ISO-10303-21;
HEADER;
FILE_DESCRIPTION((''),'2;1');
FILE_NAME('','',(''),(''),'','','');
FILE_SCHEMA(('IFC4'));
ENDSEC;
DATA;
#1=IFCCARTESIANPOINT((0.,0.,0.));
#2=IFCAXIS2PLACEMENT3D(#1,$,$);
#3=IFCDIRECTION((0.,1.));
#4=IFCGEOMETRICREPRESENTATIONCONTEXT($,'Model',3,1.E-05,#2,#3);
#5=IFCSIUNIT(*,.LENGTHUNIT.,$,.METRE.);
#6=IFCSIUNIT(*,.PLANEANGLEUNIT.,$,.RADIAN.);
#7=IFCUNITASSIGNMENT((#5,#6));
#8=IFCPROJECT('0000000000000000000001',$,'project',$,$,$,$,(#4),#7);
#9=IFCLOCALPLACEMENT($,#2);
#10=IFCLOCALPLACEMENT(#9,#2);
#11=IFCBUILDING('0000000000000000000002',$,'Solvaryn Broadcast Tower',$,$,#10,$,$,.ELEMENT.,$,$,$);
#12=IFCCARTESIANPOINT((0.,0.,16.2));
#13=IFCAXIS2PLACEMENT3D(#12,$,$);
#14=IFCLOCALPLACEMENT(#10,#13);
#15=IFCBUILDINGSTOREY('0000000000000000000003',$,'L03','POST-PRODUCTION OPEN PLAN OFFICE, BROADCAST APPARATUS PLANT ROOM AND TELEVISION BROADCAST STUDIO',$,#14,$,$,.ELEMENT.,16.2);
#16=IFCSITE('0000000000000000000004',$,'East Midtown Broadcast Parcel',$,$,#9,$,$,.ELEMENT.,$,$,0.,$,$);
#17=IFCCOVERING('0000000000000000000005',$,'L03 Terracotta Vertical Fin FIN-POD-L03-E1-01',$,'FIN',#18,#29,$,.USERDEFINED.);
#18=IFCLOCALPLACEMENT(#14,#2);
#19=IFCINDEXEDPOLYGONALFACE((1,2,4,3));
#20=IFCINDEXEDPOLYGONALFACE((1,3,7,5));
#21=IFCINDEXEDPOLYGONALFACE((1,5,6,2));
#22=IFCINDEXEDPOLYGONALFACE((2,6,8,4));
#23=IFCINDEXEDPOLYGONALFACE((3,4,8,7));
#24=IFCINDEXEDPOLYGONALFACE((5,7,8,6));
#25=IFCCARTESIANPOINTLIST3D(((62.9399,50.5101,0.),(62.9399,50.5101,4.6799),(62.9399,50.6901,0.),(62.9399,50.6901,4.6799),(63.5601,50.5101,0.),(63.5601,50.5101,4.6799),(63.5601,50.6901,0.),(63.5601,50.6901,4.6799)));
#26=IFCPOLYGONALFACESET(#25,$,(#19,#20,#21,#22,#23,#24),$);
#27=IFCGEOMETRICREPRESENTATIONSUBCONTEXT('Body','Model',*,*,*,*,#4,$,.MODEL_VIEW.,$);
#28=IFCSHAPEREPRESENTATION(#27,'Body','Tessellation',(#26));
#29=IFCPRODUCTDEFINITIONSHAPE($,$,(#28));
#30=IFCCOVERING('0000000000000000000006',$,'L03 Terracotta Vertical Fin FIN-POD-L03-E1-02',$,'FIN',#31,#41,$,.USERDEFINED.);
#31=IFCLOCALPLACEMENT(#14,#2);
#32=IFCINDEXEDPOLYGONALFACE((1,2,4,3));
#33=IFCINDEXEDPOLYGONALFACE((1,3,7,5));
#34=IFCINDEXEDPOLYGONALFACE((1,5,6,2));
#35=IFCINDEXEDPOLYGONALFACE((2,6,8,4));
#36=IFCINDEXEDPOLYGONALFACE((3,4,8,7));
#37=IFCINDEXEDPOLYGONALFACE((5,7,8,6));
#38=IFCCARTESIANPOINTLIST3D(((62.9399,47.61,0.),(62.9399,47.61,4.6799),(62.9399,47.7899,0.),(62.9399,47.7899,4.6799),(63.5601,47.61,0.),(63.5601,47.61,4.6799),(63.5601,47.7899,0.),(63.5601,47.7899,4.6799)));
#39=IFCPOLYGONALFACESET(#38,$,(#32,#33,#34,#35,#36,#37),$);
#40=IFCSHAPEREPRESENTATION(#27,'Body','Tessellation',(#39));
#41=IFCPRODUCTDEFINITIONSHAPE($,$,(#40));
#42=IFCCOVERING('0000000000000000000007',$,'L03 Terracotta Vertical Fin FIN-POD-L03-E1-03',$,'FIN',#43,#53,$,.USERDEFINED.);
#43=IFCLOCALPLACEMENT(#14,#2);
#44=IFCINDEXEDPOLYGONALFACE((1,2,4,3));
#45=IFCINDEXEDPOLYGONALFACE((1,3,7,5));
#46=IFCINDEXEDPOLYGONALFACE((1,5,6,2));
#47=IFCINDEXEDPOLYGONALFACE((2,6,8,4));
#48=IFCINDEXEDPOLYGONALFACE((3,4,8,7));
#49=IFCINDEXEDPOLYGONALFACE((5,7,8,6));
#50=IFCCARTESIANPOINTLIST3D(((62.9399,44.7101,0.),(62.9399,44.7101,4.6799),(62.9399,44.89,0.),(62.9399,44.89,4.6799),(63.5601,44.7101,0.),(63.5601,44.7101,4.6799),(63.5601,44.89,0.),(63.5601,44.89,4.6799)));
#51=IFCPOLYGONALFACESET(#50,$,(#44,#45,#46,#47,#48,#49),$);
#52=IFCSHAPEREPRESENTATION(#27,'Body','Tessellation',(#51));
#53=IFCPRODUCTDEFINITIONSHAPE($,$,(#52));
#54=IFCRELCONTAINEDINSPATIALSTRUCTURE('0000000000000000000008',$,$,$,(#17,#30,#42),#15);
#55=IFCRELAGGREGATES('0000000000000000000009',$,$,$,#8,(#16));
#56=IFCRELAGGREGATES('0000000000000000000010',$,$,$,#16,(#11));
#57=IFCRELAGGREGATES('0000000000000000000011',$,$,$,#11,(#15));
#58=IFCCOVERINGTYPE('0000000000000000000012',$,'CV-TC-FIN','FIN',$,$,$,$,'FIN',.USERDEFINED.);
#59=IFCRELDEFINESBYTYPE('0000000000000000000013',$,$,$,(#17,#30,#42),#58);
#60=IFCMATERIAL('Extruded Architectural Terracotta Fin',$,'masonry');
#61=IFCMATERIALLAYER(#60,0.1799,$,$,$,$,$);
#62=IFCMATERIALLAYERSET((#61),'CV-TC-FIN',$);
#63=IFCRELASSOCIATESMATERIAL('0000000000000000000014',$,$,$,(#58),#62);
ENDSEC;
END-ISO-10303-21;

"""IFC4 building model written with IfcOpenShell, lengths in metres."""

from ifc_helpers import new_model, si_unit, direction, frame, origin, origin_2d, place, context, subcontext, project, spatial, rectangle, extrude, material, layer, layer_set, type_object, element, save


model = new_model("IFC4")

# Units and contexts
model_context = context("Model", 3, precision=1e-05, world=origin(), true_north=direction((0.0, 1.0)))
body_context = subcontext(model_context, "Body", "Model", "MODEL_VIEW")
ifc_project = project(units=[si_unit("LENGTHUNIT", "METRE"), si_unit("PLANEANGLEUNIT", "RADIAN")], contexts=[model_context])

# Site, building, storey
site_placement = place(None, origin())
site = spatial("IfcSite", under=ifc_project, at=site_placement, Name="East Midtown Broadcast Parcel", CompositionType="ELEMENT", RefElevation=0.0)
building_placement = place(site_placement, origin())
building = spatial("IfcBuilding", under=site, at=building_placement, Name="Solvaryn Broadcast Tower", CompositionType="ELEMENT")
storey_placement = place(building_placement, frame((0.0, 0.0, 16.2)))
storey = spatial("IfcBuildingStorey", under=building, at=storey_placement, Name="L03", Description="POST-PRODUCTION OPEN PLAN OFFICE, BROADCAST APPARATUS PLANT ROOM AND TELEVISION BROADCAST STUDIO", CompositionType="ELEMENT", Elevation=16.2)

# Coverings
ifc_material_1 = material(Name="Extruded Architectural Terracotta Fin", Category="masonry")
ifc_layer_1 = layer(ifc_material_1, 0.1799)
ifc_layer_set_1 = layer_set([ifc_layer_1], Name="CV-TC-FIN")
covering_type = type_object("IfcCoveringType", Name="CV-TC-FIN", Description="FIN", ElementType="FIN", PredefinedType="USERDEFINED", material=ifc_layer_set_1)
for number, where, z_axis, x_axis, name in (
    (1, (63.25, 50.6001, 0.0), (0.0, 0.0, 1.0), (1.0, 0.0, 0.0), "L03 Terracotta Vertical Fin FIN-POD-L03-E1-01"),
    (2, (63.25, 47.7, 0.0), (0.0, 0.0, 1.0), (1.0, 0.0, 0.0), "L03 Terracotta Vertical Fin FIN-POD-L03-E1-02"),
    (3, (63.25, 44.8, 0.0), (0.0, 0.0, 1.0), (1.0, 0.0, 0.0), "L03 Terracotta Vertical Fin FIN-POD-L03-E1-03"),
):
    element("IfcCovering", number, at=place(storey_placement, frame(where, z_axis=z_axis, x_axis=x_axis)), inside=storey, type_object=covering_type, Name=name, ObjectType="FIN", PredefinedType="USERDEFINED", context=body_context, shape_type="SweptSolid", body=[
        extrude(rectangle(XDim=0.6201, YDim=0.1799, at=origin_2d()), origin(), (0.0, 0.0, 1.0), 4.6799),
    ])

save(model, "model.ifc")
